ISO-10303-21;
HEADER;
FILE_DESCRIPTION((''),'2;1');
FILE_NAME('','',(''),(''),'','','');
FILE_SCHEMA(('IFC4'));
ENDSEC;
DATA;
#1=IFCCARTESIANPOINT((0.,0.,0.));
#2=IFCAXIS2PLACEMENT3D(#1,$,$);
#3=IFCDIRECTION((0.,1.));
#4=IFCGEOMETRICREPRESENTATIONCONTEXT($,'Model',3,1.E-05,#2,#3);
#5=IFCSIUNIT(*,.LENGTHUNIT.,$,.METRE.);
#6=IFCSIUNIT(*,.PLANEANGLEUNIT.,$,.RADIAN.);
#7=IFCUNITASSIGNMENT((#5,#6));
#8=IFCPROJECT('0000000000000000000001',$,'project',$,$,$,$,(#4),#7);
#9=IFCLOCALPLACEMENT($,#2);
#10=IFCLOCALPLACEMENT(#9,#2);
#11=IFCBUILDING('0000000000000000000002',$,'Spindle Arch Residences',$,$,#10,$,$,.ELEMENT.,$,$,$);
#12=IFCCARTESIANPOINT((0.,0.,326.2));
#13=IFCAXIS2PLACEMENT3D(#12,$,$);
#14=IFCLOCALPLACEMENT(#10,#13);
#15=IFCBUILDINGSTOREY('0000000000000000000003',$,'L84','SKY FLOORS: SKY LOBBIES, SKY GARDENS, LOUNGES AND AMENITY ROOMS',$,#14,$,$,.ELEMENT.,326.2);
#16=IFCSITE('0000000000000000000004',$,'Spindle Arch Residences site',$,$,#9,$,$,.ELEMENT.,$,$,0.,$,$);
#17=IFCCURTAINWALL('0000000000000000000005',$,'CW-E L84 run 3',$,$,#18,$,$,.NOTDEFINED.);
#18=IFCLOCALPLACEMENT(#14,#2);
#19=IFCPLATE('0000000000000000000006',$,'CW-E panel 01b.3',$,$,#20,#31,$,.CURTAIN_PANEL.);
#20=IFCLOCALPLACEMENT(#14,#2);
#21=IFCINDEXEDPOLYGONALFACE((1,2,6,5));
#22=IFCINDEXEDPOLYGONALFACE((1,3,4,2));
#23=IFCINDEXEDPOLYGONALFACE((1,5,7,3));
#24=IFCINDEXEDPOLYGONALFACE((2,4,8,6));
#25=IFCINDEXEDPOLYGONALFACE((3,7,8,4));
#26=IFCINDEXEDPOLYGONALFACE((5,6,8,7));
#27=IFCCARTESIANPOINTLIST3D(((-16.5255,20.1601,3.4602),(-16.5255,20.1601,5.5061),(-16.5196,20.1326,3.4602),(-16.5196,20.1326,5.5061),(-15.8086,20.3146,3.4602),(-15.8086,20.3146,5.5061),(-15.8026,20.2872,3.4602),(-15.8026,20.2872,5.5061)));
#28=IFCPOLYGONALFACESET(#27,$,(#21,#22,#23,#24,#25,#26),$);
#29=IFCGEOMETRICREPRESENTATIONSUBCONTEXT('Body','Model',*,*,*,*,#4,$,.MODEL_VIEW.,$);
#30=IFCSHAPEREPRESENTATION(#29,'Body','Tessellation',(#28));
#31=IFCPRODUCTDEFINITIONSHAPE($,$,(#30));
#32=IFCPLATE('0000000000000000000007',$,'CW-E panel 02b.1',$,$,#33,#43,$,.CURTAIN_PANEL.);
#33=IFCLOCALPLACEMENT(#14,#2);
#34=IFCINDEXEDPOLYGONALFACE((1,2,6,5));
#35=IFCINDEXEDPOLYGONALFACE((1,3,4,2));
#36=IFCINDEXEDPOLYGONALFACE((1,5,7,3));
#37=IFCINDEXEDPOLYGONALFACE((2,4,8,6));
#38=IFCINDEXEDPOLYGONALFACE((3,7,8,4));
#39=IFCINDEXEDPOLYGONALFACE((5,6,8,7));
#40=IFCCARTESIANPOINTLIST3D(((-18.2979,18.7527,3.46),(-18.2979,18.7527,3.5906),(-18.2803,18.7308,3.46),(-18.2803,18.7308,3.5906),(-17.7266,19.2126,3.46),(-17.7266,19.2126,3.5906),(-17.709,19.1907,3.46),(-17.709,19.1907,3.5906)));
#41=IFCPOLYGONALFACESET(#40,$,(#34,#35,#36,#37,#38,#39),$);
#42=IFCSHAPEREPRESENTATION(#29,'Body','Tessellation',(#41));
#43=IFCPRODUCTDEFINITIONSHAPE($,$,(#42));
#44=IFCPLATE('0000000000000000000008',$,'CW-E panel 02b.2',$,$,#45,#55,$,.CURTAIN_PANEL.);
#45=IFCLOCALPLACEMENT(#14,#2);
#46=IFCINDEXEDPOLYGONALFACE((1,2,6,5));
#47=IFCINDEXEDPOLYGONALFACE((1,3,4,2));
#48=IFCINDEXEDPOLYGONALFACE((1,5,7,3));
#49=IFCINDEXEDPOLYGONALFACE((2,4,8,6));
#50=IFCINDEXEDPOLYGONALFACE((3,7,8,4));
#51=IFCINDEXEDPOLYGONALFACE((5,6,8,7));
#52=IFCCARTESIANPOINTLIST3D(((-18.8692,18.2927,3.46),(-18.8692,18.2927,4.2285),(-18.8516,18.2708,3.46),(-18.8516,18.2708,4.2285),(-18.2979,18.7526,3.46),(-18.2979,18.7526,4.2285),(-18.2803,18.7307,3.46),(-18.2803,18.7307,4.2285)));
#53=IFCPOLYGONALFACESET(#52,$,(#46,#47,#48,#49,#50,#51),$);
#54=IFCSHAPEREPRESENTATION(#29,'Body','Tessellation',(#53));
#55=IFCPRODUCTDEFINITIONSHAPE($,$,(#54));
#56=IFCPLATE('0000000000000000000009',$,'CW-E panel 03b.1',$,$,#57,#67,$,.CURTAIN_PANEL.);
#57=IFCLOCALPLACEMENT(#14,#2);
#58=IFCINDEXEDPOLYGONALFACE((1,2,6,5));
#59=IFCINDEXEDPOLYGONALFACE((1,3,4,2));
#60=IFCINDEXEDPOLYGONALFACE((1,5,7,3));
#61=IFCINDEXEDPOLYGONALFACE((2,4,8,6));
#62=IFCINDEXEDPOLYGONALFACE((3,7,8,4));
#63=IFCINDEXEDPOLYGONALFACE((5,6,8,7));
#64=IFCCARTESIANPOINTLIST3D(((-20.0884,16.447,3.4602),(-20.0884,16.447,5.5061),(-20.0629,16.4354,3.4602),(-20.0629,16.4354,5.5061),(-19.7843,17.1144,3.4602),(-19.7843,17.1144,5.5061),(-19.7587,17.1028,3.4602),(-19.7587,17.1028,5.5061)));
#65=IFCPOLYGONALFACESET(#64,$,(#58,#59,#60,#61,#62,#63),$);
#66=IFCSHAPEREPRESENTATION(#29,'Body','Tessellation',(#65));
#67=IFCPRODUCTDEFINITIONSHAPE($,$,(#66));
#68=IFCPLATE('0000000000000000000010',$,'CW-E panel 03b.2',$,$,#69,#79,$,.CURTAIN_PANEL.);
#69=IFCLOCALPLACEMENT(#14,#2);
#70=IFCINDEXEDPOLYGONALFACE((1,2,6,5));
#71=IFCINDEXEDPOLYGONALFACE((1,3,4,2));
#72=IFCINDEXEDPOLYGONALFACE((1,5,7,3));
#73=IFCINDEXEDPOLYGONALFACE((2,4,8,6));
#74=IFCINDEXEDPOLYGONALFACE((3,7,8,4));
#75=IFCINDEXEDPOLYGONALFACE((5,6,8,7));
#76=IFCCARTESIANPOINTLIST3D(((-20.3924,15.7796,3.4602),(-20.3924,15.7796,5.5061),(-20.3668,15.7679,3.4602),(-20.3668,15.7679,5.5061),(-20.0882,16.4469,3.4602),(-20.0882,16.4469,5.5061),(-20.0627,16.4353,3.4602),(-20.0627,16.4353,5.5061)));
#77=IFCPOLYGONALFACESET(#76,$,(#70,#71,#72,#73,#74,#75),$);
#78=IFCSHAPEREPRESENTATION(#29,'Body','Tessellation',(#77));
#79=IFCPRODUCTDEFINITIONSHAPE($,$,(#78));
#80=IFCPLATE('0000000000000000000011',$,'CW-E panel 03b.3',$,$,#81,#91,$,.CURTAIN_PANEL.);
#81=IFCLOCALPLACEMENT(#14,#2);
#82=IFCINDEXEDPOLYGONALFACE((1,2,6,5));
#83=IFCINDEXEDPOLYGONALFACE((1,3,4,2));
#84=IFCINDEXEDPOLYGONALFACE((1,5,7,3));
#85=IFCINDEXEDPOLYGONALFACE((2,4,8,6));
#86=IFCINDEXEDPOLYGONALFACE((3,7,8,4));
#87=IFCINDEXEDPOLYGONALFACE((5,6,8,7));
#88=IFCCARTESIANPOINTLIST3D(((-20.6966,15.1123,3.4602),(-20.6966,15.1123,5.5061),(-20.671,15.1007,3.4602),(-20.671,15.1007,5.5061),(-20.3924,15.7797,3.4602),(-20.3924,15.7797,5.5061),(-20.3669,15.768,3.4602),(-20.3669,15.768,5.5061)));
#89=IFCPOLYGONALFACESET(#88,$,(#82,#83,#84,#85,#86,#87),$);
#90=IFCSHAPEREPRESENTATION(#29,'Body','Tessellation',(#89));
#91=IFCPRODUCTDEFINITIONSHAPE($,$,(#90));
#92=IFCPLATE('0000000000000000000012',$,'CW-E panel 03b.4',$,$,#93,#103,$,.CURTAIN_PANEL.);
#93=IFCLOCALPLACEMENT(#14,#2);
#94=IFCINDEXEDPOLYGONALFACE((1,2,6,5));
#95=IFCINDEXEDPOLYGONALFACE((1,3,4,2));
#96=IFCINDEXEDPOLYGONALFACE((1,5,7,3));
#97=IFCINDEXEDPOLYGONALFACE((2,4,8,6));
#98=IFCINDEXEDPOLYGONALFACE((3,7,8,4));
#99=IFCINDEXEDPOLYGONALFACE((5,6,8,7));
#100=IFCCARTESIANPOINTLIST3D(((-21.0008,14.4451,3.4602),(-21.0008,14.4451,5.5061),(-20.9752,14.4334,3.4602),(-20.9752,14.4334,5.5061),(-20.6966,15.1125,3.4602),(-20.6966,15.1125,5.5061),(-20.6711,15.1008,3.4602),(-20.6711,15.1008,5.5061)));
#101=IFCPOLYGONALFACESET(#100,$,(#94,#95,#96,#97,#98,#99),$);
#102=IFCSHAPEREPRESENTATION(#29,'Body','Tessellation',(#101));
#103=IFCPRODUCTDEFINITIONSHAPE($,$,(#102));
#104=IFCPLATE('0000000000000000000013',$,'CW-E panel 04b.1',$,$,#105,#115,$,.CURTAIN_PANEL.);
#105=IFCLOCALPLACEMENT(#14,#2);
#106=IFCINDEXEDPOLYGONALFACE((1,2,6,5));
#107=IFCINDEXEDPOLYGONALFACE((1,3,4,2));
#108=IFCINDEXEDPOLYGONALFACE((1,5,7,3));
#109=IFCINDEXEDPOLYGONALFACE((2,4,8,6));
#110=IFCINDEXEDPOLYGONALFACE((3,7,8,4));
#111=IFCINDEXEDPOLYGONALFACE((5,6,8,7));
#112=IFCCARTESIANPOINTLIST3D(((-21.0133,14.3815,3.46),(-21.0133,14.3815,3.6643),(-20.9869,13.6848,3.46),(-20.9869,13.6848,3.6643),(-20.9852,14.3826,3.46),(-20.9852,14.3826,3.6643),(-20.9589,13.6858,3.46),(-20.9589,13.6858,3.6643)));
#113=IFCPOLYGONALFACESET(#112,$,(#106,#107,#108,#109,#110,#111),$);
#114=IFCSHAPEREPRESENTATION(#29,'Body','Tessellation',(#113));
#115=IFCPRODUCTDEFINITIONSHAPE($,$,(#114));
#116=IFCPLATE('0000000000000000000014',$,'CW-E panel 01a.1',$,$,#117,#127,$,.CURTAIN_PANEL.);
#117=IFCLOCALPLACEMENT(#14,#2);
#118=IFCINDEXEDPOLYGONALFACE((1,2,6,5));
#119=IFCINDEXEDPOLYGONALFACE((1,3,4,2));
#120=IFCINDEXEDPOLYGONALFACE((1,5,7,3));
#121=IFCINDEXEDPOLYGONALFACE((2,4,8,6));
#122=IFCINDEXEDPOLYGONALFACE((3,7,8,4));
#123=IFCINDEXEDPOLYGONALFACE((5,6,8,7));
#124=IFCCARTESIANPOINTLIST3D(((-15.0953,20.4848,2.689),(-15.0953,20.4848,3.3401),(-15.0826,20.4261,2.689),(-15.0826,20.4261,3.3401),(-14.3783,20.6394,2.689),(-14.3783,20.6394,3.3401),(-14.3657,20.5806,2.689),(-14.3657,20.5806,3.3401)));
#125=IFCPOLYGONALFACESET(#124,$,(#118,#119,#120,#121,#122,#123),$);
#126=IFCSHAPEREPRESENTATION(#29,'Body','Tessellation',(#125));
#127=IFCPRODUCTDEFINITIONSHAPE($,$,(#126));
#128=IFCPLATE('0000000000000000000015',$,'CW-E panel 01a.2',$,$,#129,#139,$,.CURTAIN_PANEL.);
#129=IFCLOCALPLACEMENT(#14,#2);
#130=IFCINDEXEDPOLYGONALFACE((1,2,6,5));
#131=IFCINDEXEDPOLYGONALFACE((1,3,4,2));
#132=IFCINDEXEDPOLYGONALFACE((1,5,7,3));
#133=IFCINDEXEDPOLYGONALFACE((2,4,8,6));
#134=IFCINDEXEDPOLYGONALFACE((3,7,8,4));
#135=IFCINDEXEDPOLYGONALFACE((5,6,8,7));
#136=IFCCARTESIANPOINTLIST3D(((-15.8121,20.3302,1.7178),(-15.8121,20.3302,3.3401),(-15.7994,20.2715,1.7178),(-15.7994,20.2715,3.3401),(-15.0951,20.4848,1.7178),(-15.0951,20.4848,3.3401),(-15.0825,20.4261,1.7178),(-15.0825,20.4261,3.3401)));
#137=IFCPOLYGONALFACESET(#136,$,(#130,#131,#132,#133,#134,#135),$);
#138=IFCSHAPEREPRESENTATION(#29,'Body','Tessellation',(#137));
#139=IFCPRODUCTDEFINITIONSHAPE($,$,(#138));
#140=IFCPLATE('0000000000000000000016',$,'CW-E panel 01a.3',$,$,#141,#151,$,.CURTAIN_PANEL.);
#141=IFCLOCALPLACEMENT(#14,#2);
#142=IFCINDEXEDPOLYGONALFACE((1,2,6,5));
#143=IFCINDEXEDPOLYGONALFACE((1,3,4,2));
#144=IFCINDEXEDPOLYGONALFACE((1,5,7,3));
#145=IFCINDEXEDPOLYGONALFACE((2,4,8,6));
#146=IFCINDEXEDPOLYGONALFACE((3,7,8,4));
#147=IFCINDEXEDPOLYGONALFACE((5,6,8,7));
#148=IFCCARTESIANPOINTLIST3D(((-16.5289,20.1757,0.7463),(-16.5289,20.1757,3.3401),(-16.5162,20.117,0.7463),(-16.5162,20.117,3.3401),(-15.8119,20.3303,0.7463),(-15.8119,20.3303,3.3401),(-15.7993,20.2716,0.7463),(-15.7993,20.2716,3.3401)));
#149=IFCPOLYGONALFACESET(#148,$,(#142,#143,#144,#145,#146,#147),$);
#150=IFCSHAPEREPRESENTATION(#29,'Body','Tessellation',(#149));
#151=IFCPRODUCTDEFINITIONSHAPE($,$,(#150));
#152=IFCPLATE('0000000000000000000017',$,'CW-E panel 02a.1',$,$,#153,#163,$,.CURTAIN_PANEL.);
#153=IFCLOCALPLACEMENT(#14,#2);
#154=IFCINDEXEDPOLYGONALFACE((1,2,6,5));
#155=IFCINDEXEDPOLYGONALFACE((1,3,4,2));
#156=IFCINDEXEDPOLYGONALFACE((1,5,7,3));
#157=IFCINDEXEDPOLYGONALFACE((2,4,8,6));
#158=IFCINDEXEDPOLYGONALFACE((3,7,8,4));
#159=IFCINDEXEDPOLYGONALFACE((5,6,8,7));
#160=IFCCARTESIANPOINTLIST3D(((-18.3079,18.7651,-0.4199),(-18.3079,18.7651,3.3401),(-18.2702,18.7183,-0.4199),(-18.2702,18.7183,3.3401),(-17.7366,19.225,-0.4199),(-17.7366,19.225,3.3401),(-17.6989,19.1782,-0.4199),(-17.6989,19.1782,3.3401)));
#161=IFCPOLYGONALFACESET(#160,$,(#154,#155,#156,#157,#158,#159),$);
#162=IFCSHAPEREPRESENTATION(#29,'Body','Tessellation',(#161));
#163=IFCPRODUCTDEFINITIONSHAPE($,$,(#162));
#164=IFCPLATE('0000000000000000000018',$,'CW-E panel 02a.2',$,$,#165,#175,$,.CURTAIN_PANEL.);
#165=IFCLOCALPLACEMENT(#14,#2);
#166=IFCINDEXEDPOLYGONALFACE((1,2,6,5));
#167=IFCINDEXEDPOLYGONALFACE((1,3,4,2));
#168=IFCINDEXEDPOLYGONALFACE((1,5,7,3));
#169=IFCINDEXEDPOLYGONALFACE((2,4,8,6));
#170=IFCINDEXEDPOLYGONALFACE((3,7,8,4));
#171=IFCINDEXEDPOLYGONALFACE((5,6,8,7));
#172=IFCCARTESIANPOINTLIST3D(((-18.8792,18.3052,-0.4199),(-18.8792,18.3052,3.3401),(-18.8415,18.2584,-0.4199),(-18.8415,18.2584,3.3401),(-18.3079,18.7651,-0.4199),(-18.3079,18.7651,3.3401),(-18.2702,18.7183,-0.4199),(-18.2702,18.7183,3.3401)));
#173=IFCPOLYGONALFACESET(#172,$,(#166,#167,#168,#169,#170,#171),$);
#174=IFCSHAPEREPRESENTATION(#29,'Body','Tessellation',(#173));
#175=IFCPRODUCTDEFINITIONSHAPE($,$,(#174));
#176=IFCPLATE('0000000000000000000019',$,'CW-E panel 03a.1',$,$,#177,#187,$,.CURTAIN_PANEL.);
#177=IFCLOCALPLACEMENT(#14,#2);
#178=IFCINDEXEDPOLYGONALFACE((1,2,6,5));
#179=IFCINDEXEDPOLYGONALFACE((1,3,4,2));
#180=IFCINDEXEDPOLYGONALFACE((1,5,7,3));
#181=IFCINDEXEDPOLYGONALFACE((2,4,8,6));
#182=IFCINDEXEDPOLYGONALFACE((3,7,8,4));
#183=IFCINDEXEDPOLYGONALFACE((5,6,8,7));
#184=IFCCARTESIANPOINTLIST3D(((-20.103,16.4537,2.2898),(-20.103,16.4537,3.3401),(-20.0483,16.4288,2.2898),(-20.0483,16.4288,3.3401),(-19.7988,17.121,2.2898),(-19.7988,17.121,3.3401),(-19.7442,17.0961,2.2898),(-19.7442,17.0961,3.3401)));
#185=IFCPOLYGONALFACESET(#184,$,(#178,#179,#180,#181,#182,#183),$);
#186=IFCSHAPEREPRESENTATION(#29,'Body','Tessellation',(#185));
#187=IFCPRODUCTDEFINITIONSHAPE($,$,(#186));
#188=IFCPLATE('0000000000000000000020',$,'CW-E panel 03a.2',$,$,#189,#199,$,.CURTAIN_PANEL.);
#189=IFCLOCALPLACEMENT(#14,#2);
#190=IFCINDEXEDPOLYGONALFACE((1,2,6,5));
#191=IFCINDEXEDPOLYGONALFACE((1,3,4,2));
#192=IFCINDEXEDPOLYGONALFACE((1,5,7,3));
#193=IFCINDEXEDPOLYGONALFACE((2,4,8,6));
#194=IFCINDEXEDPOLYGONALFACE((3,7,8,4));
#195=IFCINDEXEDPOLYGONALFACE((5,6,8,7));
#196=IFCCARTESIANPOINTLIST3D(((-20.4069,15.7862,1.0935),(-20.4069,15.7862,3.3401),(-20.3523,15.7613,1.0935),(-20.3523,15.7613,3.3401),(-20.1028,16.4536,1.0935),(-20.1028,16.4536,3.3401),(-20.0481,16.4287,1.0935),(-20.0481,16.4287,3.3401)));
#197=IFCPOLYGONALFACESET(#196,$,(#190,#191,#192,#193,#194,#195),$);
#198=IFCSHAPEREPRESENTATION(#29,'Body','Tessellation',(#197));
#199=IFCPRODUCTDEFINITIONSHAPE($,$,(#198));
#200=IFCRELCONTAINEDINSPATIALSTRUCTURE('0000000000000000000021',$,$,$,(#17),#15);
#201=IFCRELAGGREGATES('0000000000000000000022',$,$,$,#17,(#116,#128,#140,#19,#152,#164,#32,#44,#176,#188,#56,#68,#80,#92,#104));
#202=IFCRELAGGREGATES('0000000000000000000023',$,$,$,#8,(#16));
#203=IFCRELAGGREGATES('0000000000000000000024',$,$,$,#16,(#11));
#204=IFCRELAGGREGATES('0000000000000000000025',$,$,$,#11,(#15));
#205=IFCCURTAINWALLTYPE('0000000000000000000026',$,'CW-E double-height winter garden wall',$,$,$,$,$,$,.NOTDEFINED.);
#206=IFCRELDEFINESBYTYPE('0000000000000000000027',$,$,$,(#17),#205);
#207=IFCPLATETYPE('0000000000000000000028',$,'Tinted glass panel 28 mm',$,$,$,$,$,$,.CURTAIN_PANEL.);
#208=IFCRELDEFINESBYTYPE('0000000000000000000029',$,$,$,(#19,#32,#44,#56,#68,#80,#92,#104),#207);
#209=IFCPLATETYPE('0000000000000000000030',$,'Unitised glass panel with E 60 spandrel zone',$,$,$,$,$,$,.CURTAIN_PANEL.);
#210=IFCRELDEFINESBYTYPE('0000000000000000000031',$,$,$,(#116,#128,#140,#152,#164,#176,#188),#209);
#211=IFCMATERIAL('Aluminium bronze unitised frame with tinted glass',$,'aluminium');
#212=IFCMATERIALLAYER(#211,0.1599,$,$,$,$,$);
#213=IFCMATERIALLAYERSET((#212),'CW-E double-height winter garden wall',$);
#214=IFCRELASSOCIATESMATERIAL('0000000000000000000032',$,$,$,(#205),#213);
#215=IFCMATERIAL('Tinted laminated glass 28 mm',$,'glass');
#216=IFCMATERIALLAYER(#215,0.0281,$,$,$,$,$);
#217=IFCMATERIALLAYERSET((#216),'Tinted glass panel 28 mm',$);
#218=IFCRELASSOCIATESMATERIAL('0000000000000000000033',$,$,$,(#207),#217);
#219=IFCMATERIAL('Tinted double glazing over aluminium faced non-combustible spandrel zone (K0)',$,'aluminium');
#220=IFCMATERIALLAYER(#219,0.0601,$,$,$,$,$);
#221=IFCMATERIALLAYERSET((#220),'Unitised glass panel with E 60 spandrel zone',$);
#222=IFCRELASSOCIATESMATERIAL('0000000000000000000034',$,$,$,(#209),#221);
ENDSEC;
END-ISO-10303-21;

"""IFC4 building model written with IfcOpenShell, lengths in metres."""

from ifc_helpers import new_model, si_unit, direction, frame, origin, origin_2d, place, context, subcontext, project, spatial, rectangle, extrude, material, layer, layer_set, type_object, element, aggregate, save


model = new_model("IFC4")

# Units and contexts
model_context = context("Model", 3, precision=1e-05, world=origin(), true_north=direction((0.0, 1.0)))
body_context = subcontext(model_context, "Body", "Model", "MODEL_VIEW")
ifc_project = project(units=[si_unit("LENGTHUNIT", "METRE"), si_unit("PLANEANGLEUNIT", "RADIAN")], contexts=[model_context])

# Site, building, storey
site_placement = place(None, origin())
site = spatial("IfcSite", under=ifc_project, at=site_placement, Name="Spindle Arch Residences site", CompositionType="ELEMENT", RefElevation=0.0)
building_placement = place(site_placement, origin())
building = spatial("IfcBuilding", under=site, at=building_placement, Name="Spindle Arch Residences", CompositionType="ELEMENT")
storey_placement = place(building_placement, frame((0.0, 0.0, 326.2)))
storey = spatial("IfcBuildingStorey", under=building, at=storey_placement, Name="L84", Description="SKY FLOORS: SKY LOBBIES, SKY GARDENS, LOUNGES AND AMENITY ROOMS", CompositionType="ELEMENT", Elevation=326.2)

# Curtain wall, plates
ifc_material_1 = material(Name="Aluminium bronze unitised frame with tinted glass", Category="aluminium")
ifc_layer_1 = layer(ifc_material_1, 0.1599)
ifc_layer_set_1 = layer_set([ifc_layer_1], Name="CW-E double-height winter garden wall")
curtain_wall_type = type_object("IfcCurtainWallType", Name="CW-E double-height winter garden wall", PredefinedType="NOTDEFINED", material=ifc_layer_set_1)
curtain_wall_placement = place(storey_placement, origin())
curtain_wall = element("IfcCurtainWall", 1, at=curtain_wall_placement, inside=storey, type_object=curtain_wall_type, Name="CW-E L84 run 3", PredefinedType="NOTDEFINED")
ifc_material_2 = material(Name="Tinted laminated glass 28 mm", Category="glass")
ifc_layer_2 = layer(ifc_material_2, 0.0281)
ifc_layer_set_2 = layer_set([ifc_layer_2], Name="Tinted glass panel 28 mm")
plate_type_1 = type_object("IfcPlateType", Name="Tinted glass panel 28 mm", PredefinedType="CURTAIN_PANEL", material=ifc_layer_set_2)
plate_1_placement = place(storey_placement, frame((-16.1641, 20.2236, 3.4602), z_axis=(0.0, 0.0, 1.0), x_axis=(-0.977539, -0.210756, 0.0)))
plate_1 = element("IfcPlate", 2, at=plate_1_placement, type_object=plate_type_1, Name="CW-E panel 01b.3", PredefinedType="CURTAIN_PANEL", context=body_context, shape_type="SweptSolid", body=[
    extrude(rectangle(XDim=0.7334, YDim=0.0281, at=origin_2d()), origin(), (0.0, 0.0, 1.0), 2.0459),
])
plate_2_placement = place(storey_placement, frame((-18.0034, 18.9717, 3.46), z_axis=(0.0, 0.0, 1.0), x_axis=(-0.778973, -0.627057, 0.0)))
plate_2 = element("IfcPlate", 3, at=plate_2_placement, type_object=plate_type_1, Name="CW-E panel 02b.1", PredefinedType="CURTAIN_PANEL", context=body_context, shape_type="SweptSolid", body=[
    extrude(rectangle(XDim=0.7334, YDim=0.0281, at=origin_2d()), origin(), (0.0, 0.0, 1.0), 0.1306),
])
plate_3_placement = place(storey_placement, frame((-18.5747, 18.5117, 3.46), z_axis=(0.0, 0.0, 1.0), x_axis=(-0.778973, -0.627057, 0.0)))
plate_3 = element("IfcPlate", 4, at=plate_3_placement, type_object=plate_type_1, Name="CW-E panel 02b.2", PredefinedType="CURTAIN_PANEL", context=body_context, shape_type="SweptSolid", body=[
    extrude(rectangle(XDim=0.7334, YDim=0.0281, at=origin_2d()), origin(), (0.0, 0.0, 1.0), 0.7686),
])
plate_4_placement = place(storey_placement, frame((-19.9236, 16.7749, 3.4602), z_axis=(0.0, 0.0, 1.0), x_axis=(-0.414693, -0.909961, 0.0)))
plate_4 = element("IfcPlate", 5, at=plate_4_placement, type_object=plate_type_1, Name="CW-E panel 03b.1", PredefinedType="CURTAIN_PANEL", context=body_context, shape_type="SweptSolid", body=[
    extrude(rectangle(XDim=0.7334, YDim=0.0281, at=origin_2d()), origin(), (0.0, 0.0, 1.0), 2.0459),
])
plate_5_placement = place(storey_placement, frame((-20.2275, 16.1074, 3.4602), z_axis=(0.0, 0.0, 1.0), x_axis=(-0.414693, -0.909961, 0.0)))
plate_5 = element("IfcPlate", 6, at=plate_5_placement, type_object=plate_type_1, Name="CW-E panel 03b.2", PredefinedType="CURTAIN_PANEL", context=body_context, shape_type="SweptSolid", body=[
    extrude(rectangle(XDim=0.7334, YDim=0.0281, at=origin_2d()), origin(), (0.0, 0.0, 1.0), 2.0459),
])
plate_6_placement = place(storey_placement, frame((-20.5317, 15.4402, 3.4602), z_axis=(0.0, 0.0, 1.0), x_axis=(-0.414693, -0.909961, 0.0)))
plate_6 = element("IfcPlate", 7, at=plate_6_placement, type_object=plate_type_1, Name="CW-E panel 03b.3", PredefinedType="CURTAIN_PANEL", context=body_context, shape_type="SweptSolid", body=[
    extrude(rectangle(XDim=0.7334, YDim=0.0281, at=origin_2d()), origin(), (0.0, 0.0, 1.0), 2.0459),
])
plate_7_placement = place(storey_placement, frame((-20.8359, 14.7729, 3.4602), z_axis=(0.0, 0.0, 1.0), x_axis=(-0.414693, -0.909961, 0.0)))
plate_7 = element("IfcPlate", 8, at=plate_7_placement, type_object=plate_type_1, Name="CW-E panel 03b.4", PredefinedType="CURTAIN_PANEL", context=body_context, shape_type="SweptSolid", body=[
    extrude(rectangle(XDim=0.7334, YDim=0.0281, at=origin_2d()), origin(), (0.0, 0.0, 1.0), 2.0459),
])
plate_8_placement = place(storey_placement, frame((-20.9861, 14.0337, 3.46), z_axis=(0.0, 0.0, 1.0), x_axis=(0.037806, -0.999285, 0.0)))
plate_8 = element("IfcPlate", 9, at=plate_8_placement, type_object=plate_type_1, Name="CW-E panel 04b.1", PredefinedType="CURTAIN_PANEL", context=body_context, shape_type="SweptSolid", body=[
    extrude(rectangle(XDim=0.6973, YDim=0.0281, at=origin_2d()), origin(), (0.0, 0.0, 1.0), 0.2043),
])
ifc_material_3 = material(Name="Tinted double glazing over aluminium faced non-combustible spandrel zone (K0)", Category="aluminium")
ifc_layer_3 = layer(ifc_material_3, 0.0601)
ifc_layer_set_3 = layer_set([ifc_layer_3], Name="Unitised glass panel with E 60 spandrel zone")
plate_type_2 = type_object("IfcPlateType", Name="Unitised glass panel with E 60 spandrel zone", PredefinedType="CURTAIN_PANEL", material=ifc_layer_set_3)
plate_9_placement = place(storey_placement, frame((-14.7305, 20.5327, 2.689), z_axis=(0.0, 0.0, 1.0), x_axis=(-0.977539, -0.210756, 0.0)))
plate_9 = element("IfcPlate", 10, at=plate_9_placement, type_object=plate_type_2, Name="CW-E panel 01a.1", PredefinedType="CURTAIN_PANEL", context=body_context, shape_type="SweptSolid", body=[
    extrude(rectangle(XDim=0.7334, YDim=0.0601, at=origin_2d()), origin(), (0.0, 0.0, 1.0), 0.6511),
])
plate_10_placement = place(storey_placement, frame((-15.4473, 20.3782, 1.7178), z_axis=(0.0, 0.0, 1.0), x_axis=(-0.977539, -0.210756, 0.0)))
plate_10 = element("IfcPlate", 11, at=plate_10_placement, type_object=plate_type_2, Name="CW-E panel 01a.2", PredefinedType="CURTAIN_PANEL", context=body_context, shape_type="SweptSolid", body=[
    extrude(rectangle(XDim=0.7334, YDim=0.0601, at=origin_2d()), origin(), (0.0, 0.0, 1.0), 1.6223),
])
plate_11_placement = place(storey_placement, frame((-16.1641, 20.2236, 0.7463), z_axis=(0.0, 0.0, 1.0), x_axis=(-0.977539, -0.210756, 0.0)))
plate_11 = element("IfcPlate", 12, at=plate_11_placement, type_object=plate_type_2, Name="CW-E panel 01a.3", PredefinedType="CURTAIN_PANEL", context=body_context, shape_type="SweptSolid", body=[
    extrude(rectangle(XDim=0.7334, YDim=0.0601, at=origin_2d()), origin(), (0.0, 0.0, 1.0), 2.5938),
])
plate_12_placement = place(storey_placement, frame((-18.0034, 18.9717, -0.4199), z_axis=(0.0, 0.0, 1.0), x_axis=(-0.778973, -0.627057, 0.0)))
plate_12 = element("IfcPlate", 13, at=plate_12_placement, type_object=plate_type_2, Name="CW-E panel 02a.1", PredefinedType="CURTAIN_PANEL", context=body_context, shape_type="SweptSolid", body=[
    extrude(rectangle(XDim=0.7334, YDim=0.0601, at=origin_2d()), origin(), (0.0, 0.0, 1.0), 3.76),
])
plate_13_placement = place(storey_placement, frame((-18.5747, 18.5117, -0.4199), z_axis=(0.0, 0.0, 1.0), x_axis=(-0.778973, -0.627057, 0.0)))
plate_13 = element("IfcPlate", 14, at=plate_13_placement, type_object=plate_type_2, Name="CW-E panel 02a.2", PredefinedType="CURTAIN_PANEL", context=body_context, shape_type="SweptSolid", body=[
    extrude(rectangle(XDim=0.7334, YDim=0.0601, at=origin_2d()), origin(), (0.0, 0.0, 1.0), 3.76),
])
plate_14_placement = place(storey_placement, frame((-19.9236, 16.7749, 2.2898), z_axis=(0.0, 0.0, 1.0), x_axis=(-0.414693, -0.909961, 0.0)))
plate_14 = element("IfcPlate", 15, at=plate_14_placement, type_object=plate_type_2, Name="CW-E panel 03a.1", PredefinedType="CURTAIN_PANEL", context=body_context, shape_type="SweptSolid", body=[
    extrude(rectangle(XDim=0.7334, YDim=0.0601, at=origin_2d()), origin(), (0.0, 0.0, 1.0), 1.0503),
])
plate_15_placement = place(storey_placement, frame((-20.2275, 16.1074, 1.0935), z_axis=(0.0, 0.0, 1.0), x_axis=(-0.414693, -0.909961, 0.0)))
plate_15 = element("IfcPlate", 16, at=plate_15_placement, type_object=plate_type_2, Name="CW-E panel 03a.2", PredefinedType="CURTAIN_PANEL", context=body_context, shape_type="SweptSolid", body=[
    extrude(rectangle(XDim=0.7334, YDim=0.0601, at=origin_2d()), origin(), (0.0, 0.0, 1.0), 2.2466),
])
aggregate(curtain_wall, [plate_9, plate_10, plate_11, plate_1, plate_12, plate_13, plate_2, plate_3, plate_14, plate_15, plate_4, plate_5, plate_6, plate_7, plate_8])

save(model, "model.ifc")
